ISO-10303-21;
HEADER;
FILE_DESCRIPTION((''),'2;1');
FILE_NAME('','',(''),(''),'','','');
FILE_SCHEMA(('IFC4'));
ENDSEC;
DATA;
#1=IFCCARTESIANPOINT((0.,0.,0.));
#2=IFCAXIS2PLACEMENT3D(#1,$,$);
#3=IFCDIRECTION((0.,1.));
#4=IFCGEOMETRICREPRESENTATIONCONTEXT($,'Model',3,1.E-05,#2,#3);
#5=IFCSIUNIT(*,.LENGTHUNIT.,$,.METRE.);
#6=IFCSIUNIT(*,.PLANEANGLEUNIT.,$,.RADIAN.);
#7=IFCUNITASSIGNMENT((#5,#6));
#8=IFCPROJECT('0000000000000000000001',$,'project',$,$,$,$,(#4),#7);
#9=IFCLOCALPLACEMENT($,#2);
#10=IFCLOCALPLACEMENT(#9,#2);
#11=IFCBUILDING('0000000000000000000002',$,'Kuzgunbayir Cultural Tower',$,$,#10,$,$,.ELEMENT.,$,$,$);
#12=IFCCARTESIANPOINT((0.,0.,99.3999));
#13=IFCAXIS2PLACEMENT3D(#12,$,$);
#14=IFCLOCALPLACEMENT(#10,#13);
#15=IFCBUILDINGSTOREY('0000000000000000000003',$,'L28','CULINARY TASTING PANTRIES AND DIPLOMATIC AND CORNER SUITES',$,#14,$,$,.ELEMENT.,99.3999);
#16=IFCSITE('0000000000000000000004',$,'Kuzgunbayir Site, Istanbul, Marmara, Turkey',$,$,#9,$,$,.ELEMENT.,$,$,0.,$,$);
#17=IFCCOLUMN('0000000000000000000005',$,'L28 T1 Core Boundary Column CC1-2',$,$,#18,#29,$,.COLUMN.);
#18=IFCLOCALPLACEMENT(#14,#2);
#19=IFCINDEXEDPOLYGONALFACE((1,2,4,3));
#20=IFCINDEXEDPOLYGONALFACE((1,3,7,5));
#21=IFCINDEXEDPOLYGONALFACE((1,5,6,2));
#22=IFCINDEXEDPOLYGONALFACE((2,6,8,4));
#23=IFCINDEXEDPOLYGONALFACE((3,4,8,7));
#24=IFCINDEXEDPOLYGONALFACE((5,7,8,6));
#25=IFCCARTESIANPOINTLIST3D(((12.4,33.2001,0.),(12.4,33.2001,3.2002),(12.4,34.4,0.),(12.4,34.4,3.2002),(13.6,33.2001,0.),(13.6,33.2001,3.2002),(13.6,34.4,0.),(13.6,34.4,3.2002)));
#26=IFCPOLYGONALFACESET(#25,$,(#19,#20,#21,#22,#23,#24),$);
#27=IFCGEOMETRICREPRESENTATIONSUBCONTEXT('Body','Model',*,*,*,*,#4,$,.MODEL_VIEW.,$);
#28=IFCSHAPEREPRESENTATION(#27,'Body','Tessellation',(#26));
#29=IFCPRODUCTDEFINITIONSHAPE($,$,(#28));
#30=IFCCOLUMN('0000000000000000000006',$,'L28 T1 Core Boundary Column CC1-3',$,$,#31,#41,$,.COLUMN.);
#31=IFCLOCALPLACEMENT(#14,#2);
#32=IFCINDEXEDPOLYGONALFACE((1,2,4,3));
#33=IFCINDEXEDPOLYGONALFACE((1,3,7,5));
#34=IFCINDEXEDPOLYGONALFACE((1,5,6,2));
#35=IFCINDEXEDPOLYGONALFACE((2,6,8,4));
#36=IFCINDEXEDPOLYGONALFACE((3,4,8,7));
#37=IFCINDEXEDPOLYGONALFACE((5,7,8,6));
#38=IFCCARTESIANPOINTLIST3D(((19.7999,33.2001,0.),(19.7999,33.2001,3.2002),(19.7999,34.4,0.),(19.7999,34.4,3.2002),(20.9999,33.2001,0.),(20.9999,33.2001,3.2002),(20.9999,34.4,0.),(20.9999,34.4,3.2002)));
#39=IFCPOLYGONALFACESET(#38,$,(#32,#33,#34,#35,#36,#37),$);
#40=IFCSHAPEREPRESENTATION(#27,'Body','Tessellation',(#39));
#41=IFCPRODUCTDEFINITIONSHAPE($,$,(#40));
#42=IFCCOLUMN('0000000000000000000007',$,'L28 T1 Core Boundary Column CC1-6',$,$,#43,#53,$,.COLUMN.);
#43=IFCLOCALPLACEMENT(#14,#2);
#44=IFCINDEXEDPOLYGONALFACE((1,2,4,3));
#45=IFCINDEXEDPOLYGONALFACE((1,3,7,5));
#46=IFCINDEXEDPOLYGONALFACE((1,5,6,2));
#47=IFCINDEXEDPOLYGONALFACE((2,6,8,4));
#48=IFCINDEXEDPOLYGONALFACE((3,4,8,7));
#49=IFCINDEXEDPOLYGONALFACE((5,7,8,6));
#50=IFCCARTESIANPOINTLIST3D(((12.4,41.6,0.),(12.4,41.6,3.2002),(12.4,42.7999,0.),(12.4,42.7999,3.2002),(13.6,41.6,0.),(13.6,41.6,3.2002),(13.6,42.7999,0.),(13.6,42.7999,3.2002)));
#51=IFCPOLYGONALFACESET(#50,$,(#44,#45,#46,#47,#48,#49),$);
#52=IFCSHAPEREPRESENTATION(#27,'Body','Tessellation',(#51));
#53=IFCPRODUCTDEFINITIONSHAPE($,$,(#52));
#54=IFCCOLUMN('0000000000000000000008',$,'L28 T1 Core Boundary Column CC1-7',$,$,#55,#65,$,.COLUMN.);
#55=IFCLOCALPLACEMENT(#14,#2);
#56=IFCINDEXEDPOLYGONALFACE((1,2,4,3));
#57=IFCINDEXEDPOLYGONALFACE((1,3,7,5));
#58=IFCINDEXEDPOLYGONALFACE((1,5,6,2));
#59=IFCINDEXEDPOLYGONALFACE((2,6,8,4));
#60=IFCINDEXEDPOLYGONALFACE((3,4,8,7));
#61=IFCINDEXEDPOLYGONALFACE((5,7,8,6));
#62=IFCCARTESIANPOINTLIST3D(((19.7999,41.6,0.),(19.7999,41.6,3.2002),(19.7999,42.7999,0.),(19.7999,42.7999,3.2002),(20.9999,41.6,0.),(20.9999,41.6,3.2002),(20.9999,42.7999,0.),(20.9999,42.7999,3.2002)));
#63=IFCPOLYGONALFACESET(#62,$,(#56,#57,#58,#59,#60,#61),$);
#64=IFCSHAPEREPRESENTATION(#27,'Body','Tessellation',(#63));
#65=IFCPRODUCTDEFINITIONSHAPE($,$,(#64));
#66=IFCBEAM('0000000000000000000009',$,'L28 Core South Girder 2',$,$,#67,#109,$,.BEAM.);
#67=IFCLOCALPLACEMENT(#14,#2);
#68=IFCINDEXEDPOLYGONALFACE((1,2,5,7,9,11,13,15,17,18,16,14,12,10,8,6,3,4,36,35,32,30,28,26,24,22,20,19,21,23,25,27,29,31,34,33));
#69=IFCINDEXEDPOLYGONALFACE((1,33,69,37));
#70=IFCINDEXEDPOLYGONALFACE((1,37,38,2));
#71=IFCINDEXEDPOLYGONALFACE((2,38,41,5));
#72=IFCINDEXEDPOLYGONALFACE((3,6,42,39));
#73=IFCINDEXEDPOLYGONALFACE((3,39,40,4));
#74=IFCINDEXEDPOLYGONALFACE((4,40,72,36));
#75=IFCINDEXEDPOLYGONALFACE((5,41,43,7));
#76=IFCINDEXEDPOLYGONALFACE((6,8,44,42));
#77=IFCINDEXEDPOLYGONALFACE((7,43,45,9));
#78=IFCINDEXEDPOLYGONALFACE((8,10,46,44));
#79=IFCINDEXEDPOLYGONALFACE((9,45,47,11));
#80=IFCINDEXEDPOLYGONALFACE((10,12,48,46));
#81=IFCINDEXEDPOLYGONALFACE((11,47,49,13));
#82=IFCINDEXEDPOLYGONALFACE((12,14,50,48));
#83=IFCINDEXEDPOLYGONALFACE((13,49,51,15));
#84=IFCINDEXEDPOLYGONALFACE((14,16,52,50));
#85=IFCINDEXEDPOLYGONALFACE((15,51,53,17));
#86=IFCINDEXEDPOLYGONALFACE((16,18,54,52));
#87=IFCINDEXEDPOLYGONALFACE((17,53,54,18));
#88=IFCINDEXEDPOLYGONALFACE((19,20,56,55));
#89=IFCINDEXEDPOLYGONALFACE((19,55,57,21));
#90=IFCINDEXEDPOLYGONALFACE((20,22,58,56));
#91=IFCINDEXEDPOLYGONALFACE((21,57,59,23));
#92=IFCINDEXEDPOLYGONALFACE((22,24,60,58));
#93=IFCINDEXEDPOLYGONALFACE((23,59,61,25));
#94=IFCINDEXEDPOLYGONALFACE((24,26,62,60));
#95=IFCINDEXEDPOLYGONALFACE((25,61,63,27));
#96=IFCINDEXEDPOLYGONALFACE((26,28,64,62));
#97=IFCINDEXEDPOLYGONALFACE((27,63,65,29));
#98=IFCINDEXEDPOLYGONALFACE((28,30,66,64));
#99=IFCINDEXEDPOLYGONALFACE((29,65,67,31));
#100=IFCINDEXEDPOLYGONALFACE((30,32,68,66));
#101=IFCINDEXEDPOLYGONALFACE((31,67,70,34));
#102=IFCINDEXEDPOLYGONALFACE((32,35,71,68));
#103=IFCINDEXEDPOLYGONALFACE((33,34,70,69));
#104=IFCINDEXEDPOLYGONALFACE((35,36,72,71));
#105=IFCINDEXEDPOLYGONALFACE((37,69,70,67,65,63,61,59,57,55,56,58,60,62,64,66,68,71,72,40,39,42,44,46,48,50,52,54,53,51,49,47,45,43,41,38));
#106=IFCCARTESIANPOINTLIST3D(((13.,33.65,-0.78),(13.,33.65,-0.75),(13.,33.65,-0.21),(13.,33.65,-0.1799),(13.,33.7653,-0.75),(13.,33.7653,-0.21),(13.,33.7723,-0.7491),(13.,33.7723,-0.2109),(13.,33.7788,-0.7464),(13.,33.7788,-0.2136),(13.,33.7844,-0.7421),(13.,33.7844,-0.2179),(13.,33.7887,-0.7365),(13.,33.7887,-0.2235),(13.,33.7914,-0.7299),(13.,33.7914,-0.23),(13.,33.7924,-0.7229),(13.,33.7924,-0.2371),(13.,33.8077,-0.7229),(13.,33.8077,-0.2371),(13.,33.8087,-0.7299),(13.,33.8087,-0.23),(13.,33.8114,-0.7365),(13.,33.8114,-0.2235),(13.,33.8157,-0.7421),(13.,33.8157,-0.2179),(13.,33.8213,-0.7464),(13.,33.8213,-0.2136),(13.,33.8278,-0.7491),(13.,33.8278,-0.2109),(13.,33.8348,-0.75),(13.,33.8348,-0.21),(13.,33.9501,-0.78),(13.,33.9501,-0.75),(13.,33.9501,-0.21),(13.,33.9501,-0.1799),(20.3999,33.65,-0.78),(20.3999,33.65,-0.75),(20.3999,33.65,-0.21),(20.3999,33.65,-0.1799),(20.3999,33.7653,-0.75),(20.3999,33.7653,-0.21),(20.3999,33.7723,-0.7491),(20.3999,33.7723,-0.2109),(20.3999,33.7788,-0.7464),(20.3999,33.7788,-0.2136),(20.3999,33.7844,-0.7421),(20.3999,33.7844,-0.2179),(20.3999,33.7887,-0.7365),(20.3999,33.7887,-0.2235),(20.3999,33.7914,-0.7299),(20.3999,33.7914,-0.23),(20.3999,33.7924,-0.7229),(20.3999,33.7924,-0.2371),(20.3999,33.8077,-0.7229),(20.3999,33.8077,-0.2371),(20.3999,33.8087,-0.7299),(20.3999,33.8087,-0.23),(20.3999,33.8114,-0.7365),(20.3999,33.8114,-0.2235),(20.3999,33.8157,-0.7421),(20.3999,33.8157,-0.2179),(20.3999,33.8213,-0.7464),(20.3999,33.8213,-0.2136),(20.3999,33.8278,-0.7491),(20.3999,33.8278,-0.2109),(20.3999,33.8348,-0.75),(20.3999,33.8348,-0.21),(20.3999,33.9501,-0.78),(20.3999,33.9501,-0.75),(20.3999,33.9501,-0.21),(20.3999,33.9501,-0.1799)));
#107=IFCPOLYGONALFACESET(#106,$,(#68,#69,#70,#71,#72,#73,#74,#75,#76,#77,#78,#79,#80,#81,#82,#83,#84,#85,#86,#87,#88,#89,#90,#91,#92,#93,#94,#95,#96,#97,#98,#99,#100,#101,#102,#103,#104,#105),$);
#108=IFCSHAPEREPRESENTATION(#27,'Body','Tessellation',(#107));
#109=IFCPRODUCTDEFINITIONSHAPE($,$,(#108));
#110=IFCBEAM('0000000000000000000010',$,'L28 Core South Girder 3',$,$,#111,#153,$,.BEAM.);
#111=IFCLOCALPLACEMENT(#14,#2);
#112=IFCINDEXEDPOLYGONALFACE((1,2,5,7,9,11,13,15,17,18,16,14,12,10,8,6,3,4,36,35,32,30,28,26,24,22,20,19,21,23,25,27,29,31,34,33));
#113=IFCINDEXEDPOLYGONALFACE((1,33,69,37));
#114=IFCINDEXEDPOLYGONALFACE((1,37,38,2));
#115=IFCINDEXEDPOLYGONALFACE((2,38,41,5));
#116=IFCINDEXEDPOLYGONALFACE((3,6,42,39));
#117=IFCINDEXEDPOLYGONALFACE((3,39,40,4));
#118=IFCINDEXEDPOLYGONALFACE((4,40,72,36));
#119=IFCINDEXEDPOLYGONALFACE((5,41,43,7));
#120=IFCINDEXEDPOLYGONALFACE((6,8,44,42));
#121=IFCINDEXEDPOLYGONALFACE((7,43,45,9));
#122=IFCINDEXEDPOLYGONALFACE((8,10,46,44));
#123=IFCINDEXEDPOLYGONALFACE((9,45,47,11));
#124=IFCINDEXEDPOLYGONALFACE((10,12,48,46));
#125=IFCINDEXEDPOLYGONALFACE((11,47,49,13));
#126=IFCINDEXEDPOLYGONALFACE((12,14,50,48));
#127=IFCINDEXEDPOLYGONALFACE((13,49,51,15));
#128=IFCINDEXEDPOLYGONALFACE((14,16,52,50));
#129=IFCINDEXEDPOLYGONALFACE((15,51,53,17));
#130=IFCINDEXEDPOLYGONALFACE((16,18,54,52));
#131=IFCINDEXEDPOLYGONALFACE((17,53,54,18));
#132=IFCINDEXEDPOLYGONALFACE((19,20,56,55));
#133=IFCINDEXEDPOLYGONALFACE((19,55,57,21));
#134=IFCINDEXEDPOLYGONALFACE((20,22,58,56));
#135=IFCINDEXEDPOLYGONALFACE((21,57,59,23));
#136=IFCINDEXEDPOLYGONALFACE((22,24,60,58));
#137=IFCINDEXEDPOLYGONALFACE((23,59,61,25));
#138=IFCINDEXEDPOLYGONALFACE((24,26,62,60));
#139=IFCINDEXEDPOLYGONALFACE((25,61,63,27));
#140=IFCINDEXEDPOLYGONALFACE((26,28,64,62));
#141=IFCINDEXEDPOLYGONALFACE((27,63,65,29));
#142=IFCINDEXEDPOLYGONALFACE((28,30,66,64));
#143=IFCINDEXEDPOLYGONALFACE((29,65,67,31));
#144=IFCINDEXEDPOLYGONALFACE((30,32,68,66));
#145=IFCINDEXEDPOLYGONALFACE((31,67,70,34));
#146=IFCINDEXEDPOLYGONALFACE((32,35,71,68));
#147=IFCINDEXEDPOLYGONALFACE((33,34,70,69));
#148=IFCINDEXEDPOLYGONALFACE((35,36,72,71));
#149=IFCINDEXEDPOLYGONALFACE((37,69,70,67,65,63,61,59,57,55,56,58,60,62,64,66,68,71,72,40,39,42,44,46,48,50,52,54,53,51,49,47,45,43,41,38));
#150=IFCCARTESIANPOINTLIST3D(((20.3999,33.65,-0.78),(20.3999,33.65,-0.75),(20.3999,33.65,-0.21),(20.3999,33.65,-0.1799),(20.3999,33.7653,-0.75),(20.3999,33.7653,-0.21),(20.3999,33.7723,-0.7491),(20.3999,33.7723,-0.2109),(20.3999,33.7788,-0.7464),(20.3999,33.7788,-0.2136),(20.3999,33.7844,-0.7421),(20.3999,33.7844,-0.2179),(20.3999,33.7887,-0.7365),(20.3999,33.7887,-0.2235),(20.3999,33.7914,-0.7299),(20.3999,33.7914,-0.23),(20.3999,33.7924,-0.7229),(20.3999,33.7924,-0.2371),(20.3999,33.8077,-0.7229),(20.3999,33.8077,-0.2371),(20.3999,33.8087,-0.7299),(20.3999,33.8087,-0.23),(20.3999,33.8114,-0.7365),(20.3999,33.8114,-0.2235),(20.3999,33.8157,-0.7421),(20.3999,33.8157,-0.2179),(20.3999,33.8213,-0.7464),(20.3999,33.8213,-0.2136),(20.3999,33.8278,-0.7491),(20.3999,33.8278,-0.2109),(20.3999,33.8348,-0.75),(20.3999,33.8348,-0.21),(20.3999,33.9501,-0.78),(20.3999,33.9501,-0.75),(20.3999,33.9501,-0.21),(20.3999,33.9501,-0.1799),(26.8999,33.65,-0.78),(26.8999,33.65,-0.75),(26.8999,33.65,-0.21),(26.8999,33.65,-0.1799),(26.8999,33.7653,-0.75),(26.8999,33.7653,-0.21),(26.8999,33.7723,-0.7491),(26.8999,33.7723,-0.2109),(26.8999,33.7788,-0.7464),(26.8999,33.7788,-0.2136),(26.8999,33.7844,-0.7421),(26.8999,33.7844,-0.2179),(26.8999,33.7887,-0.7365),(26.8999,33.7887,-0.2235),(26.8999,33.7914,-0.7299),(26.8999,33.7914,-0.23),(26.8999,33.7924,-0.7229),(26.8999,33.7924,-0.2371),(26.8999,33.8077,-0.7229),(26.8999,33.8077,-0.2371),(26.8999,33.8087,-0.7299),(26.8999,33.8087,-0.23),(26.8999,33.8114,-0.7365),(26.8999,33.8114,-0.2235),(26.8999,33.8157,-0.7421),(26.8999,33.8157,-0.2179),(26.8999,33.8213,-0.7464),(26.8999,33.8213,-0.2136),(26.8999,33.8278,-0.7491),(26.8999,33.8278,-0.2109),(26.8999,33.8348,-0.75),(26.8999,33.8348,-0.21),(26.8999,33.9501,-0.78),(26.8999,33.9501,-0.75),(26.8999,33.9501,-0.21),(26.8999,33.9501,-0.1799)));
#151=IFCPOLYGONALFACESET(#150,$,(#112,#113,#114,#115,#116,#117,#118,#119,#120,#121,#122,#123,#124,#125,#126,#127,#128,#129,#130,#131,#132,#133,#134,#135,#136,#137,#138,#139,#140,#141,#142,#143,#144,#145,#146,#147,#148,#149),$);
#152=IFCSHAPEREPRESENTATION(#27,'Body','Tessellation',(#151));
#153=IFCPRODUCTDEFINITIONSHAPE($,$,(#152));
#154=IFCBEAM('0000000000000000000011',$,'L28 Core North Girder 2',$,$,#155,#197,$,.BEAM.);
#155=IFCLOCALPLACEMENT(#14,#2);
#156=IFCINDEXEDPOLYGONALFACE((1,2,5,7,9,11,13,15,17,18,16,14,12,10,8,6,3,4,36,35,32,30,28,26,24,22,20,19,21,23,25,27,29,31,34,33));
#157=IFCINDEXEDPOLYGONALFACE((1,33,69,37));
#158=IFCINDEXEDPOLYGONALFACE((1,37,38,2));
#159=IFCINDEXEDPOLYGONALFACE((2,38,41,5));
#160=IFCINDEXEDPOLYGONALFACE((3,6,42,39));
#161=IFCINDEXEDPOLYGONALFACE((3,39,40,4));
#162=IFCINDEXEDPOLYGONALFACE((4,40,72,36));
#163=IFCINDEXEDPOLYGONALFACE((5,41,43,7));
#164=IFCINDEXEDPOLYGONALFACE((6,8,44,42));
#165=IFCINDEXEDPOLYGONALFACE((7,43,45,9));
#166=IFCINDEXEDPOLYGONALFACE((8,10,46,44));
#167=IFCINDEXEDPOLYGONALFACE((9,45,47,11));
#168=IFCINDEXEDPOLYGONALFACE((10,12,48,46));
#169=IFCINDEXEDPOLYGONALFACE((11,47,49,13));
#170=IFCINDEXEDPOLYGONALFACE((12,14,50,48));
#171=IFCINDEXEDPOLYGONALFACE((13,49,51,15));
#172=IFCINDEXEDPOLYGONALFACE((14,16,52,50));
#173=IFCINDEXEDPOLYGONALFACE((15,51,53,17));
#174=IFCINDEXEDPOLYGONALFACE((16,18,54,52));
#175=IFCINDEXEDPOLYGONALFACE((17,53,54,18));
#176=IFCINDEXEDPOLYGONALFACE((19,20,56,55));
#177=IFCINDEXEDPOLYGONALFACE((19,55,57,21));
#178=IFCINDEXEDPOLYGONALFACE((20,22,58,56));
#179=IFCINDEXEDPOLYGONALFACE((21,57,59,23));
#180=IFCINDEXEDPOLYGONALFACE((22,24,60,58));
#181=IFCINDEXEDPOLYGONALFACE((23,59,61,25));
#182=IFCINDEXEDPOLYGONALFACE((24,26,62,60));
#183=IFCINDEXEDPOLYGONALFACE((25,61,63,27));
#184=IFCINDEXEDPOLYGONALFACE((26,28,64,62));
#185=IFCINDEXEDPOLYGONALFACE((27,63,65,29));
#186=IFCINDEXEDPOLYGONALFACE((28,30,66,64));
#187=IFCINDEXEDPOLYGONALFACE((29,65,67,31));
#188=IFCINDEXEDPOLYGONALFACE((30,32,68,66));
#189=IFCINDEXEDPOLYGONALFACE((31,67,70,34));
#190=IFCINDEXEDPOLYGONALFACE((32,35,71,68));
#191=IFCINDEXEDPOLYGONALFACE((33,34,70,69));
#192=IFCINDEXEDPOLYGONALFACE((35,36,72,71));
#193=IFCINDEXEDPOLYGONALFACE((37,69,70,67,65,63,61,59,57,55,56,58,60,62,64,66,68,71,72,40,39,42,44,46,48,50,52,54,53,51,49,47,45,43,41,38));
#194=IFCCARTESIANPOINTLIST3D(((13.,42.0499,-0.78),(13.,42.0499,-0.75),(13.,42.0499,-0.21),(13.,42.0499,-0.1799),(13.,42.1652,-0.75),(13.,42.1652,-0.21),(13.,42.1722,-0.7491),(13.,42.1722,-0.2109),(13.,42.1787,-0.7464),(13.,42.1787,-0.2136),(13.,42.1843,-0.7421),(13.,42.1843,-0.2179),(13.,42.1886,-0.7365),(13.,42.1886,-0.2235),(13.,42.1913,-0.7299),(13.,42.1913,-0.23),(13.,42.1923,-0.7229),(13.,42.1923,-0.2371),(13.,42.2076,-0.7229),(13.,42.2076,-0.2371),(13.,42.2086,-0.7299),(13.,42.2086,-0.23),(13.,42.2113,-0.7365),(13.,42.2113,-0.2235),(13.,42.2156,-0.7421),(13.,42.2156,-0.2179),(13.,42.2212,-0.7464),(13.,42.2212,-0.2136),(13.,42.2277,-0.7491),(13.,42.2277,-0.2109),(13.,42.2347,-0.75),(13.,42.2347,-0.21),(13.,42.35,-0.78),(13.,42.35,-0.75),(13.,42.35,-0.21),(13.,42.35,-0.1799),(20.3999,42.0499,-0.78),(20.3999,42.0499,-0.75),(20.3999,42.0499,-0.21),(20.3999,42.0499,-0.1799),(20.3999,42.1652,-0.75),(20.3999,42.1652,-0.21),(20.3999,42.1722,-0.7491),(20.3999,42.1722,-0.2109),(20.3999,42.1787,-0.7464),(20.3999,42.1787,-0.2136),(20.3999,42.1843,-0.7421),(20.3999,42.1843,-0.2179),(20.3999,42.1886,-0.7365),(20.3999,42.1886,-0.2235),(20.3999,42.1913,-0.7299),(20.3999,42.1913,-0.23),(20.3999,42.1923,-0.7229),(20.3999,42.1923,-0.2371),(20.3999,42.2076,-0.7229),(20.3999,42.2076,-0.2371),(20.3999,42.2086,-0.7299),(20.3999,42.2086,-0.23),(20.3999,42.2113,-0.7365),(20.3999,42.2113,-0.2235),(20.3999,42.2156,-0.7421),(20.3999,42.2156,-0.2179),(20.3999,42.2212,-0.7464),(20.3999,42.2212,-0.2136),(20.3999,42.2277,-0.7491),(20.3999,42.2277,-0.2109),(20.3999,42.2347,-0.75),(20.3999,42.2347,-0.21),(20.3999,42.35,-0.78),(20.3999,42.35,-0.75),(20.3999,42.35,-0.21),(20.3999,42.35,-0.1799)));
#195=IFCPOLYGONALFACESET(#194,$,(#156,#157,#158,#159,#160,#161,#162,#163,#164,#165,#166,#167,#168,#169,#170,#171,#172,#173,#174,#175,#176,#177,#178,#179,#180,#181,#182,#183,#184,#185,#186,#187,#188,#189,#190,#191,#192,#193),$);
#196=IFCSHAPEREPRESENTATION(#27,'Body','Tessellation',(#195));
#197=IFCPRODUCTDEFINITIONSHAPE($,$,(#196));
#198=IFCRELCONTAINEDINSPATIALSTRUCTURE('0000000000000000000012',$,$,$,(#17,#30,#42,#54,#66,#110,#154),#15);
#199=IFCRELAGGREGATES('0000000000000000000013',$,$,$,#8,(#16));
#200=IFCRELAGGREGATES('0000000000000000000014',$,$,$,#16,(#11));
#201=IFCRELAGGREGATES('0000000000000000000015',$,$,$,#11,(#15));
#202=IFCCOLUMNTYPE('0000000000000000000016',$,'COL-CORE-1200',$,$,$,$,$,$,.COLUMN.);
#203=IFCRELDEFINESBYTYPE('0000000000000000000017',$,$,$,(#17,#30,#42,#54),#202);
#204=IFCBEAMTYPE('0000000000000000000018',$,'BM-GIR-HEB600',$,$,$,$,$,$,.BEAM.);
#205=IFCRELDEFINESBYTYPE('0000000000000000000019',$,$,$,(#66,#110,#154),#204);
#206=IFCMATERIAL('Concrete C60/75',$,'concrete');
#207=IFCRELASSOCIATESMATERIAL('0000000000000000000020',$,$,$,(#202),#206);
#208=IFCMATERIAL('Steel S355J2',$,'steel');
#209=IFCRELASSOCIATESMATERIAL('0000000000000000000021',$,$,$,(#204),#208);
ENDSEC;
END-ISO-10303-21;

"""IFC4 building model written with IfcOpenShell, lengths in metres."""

from ifc_helpers import new_model, si_unit, direction, frame, origin, origin_2d, place, context, subcontext, project, spatial, rectangle, i_section, extrude, material, material_profile, profile_set, type_object, element, save


model = new_model("IFC4")

# Units and contexts
model_context = context("Model", 3, precision=1e-05, world=origin(), true_north=direction((0.0, 1.0)))
body_context = subcontext(model_context, "Body", "Model", "MODEL_VIEW")
ifc_project = project(units=[si_unit("LENGTHUNIT", "METRE"), si_unit("PLANEANGLEUNIT", "RADIAN")], contexts=[model_context])

# Site, building, storey
site_placement = place(None, origin())
site = spatial("IfcSite", under=ifc_project, at=site_placement, Name="Kuzgunbayir Site, Istanbul, Marmara, Turkey", CompositionType="ELEMENT", RefElevation=0.0)
building_placement = place(site_placement, origin())
building = spatial("IfcBuilding", under=site, at=building_placement, Name="Kuzgunbayir Cultural Tower", CompositionType="ELEMENT")
storey_placement = place(building_placement, frame((0.0, 0.0, 99.3999)))
storey = spatial("IfcBuildingStorey", under=building, at=storey_placement, Name="L28", Description="CULINARY TASTING PANTRIES AND DIPLOMATIC AND CORNER SUITES", CompositionType="ELEMENT", Elevation=99.3999)

# Columns
ifc_material_1 = material(Name="Concrete C60/75", Category="concrete")
ifc_material_profile_1 = material_profile(ifc_material_1, rectangle(XDim=1.2, YDim=1.2, at=origin_2d()), Name="RC 1200x1200")
ifc_profile_set_1 = profile_set([ifc_material_profile_1], Name="Concrete C60/75")
column_type = type_object("IfcColumnType", Name="COL-CORE-1200", PredefinedType="COLUMN", material=ifc_profile_set_1)
for number, where, z_axis, x_axis, name in (
    (1, (13.0, 33.8, 0.0), (0.0, 0.0, 1.0), (1.0, 0.0, 0.0), "L28 T1 Core Boundary Column CC1-2"),
    (2, (20.3999, 33.8, 0.0), (0.0, 0.0, 1.0), (1.0, 0.0, 0.0), "L28 T1 Core Boundary Column CC1-3"),
    (3, (13.0, 42.2, 0.0), (0.0, 0.0, 1.0), (1.0, 0.0, 0.0), "L28 T1 Core Boundary Column CC1-6"),
    (4, (20.3999, 42.2, 0.0), (0.0, 0.0, 1.0), (1.0, 0.0, 0.0), "L28 T1 Core Boundary Column CC1-7"),
):
    element("IfcColumn", number, at=place(storey_placement, frame(where, z_axis=z_axis, x_axis=x_axis)), inside=storey, type_object=column_type, Name=name, PredefinedType="COLUMN", context=body_context, shape_type="SweptSolid", body=[
        extrude(rectangle(XDim=1.2, YDim=1.2, at=origin_2d()), origin(), (0.0, 0.0, 1.0), 3.2002),
    ])

# Beams
ifc_material_2 = material(Name="Steel S355J2", Category="steel")
ifc_material_profile_2 = material_profile(ifc_material_2, i_section(OverallWidth=0.3, OverallDepth=0.6001, WebThickness=0.0154, FlangeThickness=0.03, FilletRadius=0.0271, at=origin_2d()), Name="HEB 600")
ifc_profile_set_2 = profile_set([ifc_material_profile_2], Name="Steel S355J2")
beam_type = type_object("IfcBeamType", Name="BM-GIR-HEB600", PredefinedType="BEAM", material=ifc_profile_set_2)
beam_1_placement = place(storey_placement, frame((13.0, 33.8, -0.48), z_axis=(1.0, 0.0, 0.0), x_axis=(0.0, 1.0, 0.0)))
element("IfcBeam", 5, at=beam_1_placement, inside=storey, type_object=beam_type, Name="L28 Core South Girder 2", PredefinedType="BEAM", context=body_context, shape_type="SweptSolid", body=[
    extrude(i_section(OverallWidth=0.3, OverallDepth=0.6001, WebThickness=0.0154, FlangeThickness=0.03, FilletRadius=0.0271, at=origin_2d()), origin(), (0.0, 0.0, 1.0), 7.3999),
])
beam_2_placement = place(storey_placement, frame((20.3999, 33.8, -0.48), z_axis=(1.0, 0.0, 0.0), x_axis=(0.0, 1.0, 0.0)))
element("IfcBeam", 6, at=beam_2_placement, inside=storey, type_object=beam_type, Name="L28 Core South Girder 3", PredefinedType="BEAM", context=body_context, shape_type="SweptSolid", body=[
    extrude(i_section(OverallWidth=0.3, OverallDepth=0.6001, WebThickness=0.0154, FlangeThickness=0.03, FilletRadius=0.0271, at=origin_2d()), origin(), (0.0, 0.0, 1.0), 6.5),
])
beam_3_placement = place(storey_placement, frame((13.0, 42.2, -0.48), z_axis=(1.0, 0.0, 0.0), x_axis=(0.0, 1.0, 0.0)))
element("IfcBeam", 7, at=beam_3_placement, inside=storey, type_object=beam_type, Name="L28 Core North Girder 2", PredefinedType="BEAM", context=body_context, shape_type="SweptSolid", body=[
    extrude(i_section(OverallWidth=0.3, OverallDepth=0.6001, WebThickness=0.0154, FlangeThickness=0.03, FilletRadius=0.0271, at=origin_2d()), origin(), (0.0, 0.0, 1.0), 7.3999),
])

save(model, "model.ifc")
